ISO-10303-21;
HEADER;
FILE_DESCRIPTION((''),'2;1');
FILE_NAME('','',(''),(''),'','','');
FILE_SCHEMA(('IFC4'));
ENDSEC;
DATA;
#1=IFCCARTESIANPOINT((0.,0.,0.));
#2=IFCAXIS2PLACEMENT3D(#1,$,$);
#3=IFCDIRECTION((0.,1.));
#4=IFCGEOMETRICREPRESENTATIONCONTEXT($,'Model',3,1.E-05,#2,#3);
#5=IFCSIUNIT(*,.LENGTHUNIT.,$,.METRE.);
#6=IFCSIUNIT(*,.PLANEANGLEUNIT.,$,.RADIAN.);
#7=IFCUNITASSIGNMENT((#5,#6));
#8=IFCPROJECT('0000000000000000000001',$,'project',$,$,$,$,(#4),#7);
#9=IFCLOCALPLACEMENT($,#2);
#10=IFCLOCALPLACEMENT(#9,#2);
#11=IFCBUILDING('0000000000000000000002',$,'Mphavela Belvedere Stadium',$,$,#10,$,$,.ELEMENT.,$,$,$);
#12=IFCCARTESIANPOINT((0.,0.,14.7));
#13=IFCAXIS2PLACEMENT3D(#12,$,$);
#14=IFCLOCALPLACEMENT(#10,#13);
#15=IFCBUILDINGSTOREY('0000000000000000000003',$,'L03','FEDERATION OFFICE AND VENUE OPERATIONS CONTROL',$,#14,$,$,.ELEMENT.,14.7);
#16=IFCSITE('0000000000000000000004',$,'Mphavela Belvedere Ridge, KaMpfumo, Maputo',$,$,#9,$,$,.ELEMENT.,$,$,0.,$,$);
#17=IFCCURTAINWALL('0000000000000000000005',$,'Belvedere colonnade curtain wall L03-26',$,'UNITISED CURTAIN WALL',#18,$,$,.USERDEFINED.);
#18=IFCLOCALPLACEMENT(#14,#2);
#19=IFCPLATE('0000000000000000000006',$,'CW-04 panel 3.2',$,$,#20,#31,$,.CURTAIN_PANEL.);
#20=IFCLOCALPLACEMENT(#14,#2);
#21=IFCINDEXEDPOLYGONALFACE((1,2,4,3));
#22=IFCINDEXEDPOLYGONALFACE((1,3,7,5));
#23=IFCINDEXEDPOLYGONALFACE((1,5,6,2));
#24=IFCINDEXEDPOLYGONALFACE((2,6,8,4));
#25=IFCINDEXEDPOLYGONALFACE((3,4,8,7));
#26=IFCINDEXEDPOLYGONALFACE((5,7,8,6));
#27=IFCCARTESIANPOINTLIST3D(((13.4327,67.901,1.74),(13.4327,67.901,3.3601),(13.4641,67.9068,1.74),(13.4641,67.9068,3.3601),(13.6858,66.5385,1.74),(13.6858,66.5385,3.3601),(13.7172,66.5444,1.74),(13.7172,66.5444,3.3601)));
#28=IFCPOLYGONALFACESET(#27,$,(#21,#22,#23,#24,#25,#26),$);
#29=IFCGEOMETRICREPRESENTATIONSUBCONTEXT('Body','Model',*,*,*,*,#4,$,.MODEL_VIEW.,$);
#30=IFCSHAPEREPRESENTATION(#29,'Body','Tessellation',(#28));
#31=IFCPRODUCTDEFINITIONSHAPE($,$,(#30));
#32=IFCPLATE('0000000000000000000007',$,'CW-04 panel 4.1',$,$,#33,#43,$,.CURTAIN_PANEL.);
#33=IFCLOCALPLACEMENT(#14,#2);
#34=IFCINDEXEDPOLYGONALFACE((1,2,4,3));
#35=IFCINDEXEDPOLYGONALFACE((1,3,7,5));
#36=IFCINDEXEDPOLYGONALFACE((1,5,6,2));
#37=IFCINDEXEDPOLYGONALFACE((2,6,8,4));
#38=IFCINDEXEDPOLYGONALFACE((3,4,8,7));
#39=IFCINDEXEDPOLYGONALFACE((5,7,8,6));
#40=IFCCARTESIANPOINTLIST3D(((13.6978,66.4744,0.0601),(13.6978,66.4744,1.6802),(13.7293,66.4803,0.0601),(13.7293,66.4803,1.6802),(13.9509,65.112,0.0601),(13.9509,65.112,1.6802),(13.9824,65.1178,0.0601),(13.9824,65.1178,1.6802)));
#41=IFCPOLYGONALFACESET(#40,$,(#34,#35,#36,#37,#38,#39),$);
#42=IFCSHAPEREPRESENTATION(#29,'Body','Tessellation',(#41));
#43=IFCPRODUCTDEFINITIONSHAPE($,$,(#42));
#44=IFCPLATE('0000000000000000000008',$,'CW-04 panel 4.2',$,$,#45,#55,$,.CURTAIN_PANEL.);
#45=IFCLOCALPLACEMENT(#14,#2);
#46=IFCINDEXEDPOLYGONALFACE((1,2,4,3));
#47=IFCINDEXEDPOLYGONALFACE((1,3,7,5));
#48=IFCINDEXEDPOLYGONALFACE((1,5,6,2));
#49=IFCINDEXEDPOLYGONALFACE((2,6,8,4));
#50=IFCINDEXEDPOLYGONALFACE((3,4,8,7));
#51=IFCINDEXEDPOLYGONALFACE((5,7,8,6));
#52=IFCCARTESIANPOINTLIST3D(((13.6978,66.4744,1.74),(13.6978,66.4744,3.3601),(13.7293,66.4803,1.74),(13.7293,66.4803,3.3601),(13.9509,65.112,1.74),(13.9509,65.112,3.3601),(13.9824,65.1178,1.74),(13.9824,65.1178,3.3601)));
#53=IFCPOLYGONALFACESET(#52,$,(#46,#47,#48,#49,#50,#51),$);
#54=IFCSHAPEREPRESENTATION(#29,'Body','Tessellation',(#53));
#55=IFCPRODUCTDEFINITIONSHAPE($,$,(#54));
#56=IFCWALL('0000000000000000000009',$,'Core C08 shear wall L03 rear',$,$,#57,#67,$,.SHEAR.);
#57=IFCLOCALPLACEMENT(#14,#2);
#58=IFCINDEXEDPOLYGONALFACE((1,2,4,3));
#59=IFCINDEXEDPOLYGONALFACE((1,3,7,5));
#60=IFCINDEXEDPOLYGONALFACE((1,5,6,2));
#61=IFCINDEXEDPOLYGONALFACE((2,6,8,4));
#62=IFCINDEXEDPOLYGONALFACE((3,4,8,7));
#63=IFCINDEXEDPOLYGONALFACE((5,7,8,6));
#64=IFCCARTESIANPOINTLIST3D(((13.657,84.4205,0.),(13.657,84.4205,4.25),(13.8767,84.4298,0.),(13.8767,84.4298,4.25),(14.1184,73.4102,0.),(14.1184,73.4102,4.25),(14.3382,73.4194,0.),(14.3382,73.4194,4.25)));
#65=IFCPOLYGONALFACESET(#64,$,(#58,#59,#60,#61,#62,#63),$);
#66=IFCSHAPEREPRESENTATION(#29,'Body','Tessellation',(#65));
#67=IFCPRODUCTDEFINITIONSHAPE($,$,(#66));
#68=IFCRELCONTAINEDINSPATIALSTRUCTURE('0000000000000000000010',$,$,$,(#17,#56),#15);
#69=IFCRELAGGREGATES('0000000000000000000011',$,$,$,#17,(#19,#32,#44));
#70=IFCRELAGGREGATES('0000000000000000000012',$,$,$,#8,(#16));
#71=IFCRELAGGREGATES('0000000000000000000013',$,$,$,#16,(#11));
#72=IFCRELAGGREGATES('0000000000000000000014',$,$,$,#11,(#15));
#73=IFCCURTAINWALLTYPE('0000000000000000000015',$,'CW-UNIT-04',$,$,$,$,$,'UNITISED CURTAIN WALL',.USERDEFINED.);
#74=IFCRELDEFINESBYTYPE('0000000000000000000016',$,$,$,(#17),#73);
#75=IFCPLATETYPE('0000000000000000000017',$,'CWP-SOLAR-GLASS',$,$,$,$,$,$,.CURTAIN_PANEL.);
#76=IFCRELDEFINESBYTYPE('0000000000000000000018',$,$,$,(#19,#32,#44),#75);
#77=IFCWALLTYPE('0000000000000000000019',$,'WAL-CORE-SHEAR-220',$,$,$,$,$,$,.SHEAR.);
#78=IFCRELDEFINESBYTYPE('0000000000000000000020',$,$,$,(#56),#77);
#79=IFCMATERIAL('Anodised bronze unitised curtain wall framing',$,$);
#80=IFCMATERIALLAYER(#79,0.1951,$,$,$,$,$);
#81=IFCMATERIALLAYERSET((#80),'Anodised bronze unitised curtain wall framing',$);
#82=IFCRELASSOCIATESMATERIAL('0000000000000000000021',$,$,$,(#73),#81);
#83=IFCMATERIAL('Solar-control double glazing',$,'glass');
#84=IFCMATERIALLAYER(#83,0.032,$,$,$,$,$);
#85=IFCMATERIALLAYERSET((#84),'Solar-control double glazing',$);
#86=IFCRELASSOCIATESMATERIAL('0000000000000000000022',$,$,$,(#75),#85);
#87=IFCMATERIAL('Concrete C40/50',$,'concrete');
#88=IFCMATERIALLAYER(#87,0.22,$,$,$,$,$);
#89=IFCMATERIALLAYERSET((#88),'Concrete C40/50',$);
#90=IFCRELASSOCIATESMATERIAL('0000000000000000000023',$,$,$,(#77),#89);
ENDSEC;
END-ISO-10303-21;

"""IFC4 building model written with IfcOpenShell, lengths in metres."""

from ifc_helpers import new_model, si_unit, direction, frame, frame_2d, origin, origin_2d, place, context, subcontext, project, spatial, rectangle, extrude, material, layer, layer_set, type_object, element, aggregate, save


model = new_model("IFC4")

# Units and contexts
model_context = context("Model", 3, precision=1e-05, world=origin(), true_north=direction((0.0, 1.0)))
body_context = subcontext(model_context, "Body", "Model", "MODEL_VIEW")
ifc_project = project(units=[si_unit("LENGTHUNIT", "METRE"), si_unit("PLANEANGLEUNIT", "RADIAN")], contexts=[model_context])

# Site, building, storey
site_placement = place(None, origin())
site = spatial("IfcSite", under=ifc_project, at=site_placement, Name="Mphavela Belvedere Ridge, KaMpfumo, Maputo", CompositionType="ELEMENT", RefElevation=0.0)
building_placement = place(site_placement, origin())
building = spatial("IfcBuilding", under=site, at=building_placement, Name="Mphavela Belvedere Stadium", CompositionType="ELEMENT")
storey_placement = place(building_placement, frame((0.0, 0.0, 14.7)))
storey = spatial("IfcBuildingStorey", under=building, at=storey_placement, Name="L03", Description="FEDERATION OFFICE AND VENUE OPERATIONS CONTROL", CompositionType="ELEMENT", Elevation=14.7)

# Curtain wall
ifc_material_1 = material(Name="Anodised bronze unitised curtain wall framing")
ifc_layer_1 = layer(ifc_material_1, 0.1951)
ifc_layer_set_1 = layer_set([ifc_layer_1], Name="Anodised bronze unitised curtain wall framing")
curtain_wall_type_1 = type_object("IfcCurtainWallType", Name="CW-UNIT-04", ElementType="UNITISED CURTAIN WALL", PredefinedType="USERDEFINED", material=ifc_layer_set_1)
curtain_wall_1_placement = place(storey_placement, origin())
curtain_wall_1 = element("IfcCurtainWall", 1, at=curtain_wall_1_placement, inside=storey, type_object=curtain_wall_type_1, Name="Belvedere colonnade curtain wall L03-26", ObjectType="UNITISED CURTAIN WALL", PredefinedType="USERDEFINED")

# Plates
ifc_material_2 = material(Name="Solar-control double glazing", Category="glass")
ifc_layer_2 = layer(ifc_material_2, 0.032)
ifc_layer_set_2 = layer_set([ifc_layer_2], Name="Solar-control double glazing")
plate_type = type_object("IfcPlateType", Name="CWP-SOLAR-GLASS", PredefinedType="CURTAIN_PANEL", material=ifc_layer_set_2)
plate_1_placement = place(storey_placement, frame((13.575, 67.2227, 1.74), z_axis=(0.0, 0.0, 1.0), x_axis=(0.182631, -0.983181, 0.0)))
plate_1 = element("IfcPlate", 2, at=plate_1_placement, type_object=plate_type, Name="CW-04 panel 3.2", PredefinedType="CURTAIN_PANEL", context=body_context, shape_type="SweptSolid", body=[
    extrude(rectangle(XDim=1.3857, YDim=0.032, at=origin_2d()), origin(), (0.0, 0.0, 1.0), 1.6201),
])
plate_2_placement = place(storey_placement, frame((13.8401, 65.7961, 0.0601), z_axis=(0.0, 0.0, 1.0), x_axis=(0.182631, -0.983181, 0.0)))
plate_2 = element("IfcPlate", 3, at=plate_2_placement, type_object=plate_type, Name="CW-04 panel 4.1", PredefinedType="CURTAIN_PANEL", context=body_context, shape_type="SweptSolid", body=[
    extrude(rectangle(XDim=1.3857, YDim=0.032, at=origin_2d()), origin(), (0.0, 0.0, 1.0), 1.6201),
])
plate_3_placement = place(storey_placement, frame((13.8401, 65.7961, 1.74), z_axis=(0.0, 0.0, 1.0), x_axis=(0.182631, -0.983181, 0.0)))
plate_3 = element("IfcPlate", 4, at=plate_3_placement, type_object=plate_type, Name="CW-04 panel 4.2", PredefinedType="CURTAIN_PANEL", context=body_context, shape_type="SweptSolid", body=[
    extrude(rectangle(XDim=1.3857, YDim=0.032, at=origin_2d()), origin(), (0.0, 0.0, 1.0), 1.6201),
])
aggregate(curtain_wall_1, [plate_1, plate_2, plate_3])

# Wall
ifc_material_3 = material(Name="Concrete C40/50", Category="concrete")
ifc_layer_3 = layer(ifc_material_3, 0.22)
ifc_layer_set_3 = layer_set([ifc_layer_3], Name="Concrete C40/50")
wall_type = type_object("IfcWallType", Name="WAL-CORE-SHEAR-220", PredefinedType="SHEAR", material=ifc_layer_set_3)
wall_placement = place(storey_placement, frame((14.2283, 73.4148, 0.0), z_axis=(0.0, 0.0, 1.0), x_axis=(-0.041872, 0.999123, 0.0)))
element("IfcWall", 5, at=wall_placement, inside=storey, type_object=wall_type, Name="Core C08 shear wall L03 rear", PredefinedType="SHEAR", context=body_context, shape_type="SweptSolid", body=[
    extrude(rectangle(XDim=11.02, YDim=0.22, at=frame_2d((5.51, 0.0))), origin(), (0.0, 0.0, 1.0), 4.25),
])

save(model, "model.ifc")
